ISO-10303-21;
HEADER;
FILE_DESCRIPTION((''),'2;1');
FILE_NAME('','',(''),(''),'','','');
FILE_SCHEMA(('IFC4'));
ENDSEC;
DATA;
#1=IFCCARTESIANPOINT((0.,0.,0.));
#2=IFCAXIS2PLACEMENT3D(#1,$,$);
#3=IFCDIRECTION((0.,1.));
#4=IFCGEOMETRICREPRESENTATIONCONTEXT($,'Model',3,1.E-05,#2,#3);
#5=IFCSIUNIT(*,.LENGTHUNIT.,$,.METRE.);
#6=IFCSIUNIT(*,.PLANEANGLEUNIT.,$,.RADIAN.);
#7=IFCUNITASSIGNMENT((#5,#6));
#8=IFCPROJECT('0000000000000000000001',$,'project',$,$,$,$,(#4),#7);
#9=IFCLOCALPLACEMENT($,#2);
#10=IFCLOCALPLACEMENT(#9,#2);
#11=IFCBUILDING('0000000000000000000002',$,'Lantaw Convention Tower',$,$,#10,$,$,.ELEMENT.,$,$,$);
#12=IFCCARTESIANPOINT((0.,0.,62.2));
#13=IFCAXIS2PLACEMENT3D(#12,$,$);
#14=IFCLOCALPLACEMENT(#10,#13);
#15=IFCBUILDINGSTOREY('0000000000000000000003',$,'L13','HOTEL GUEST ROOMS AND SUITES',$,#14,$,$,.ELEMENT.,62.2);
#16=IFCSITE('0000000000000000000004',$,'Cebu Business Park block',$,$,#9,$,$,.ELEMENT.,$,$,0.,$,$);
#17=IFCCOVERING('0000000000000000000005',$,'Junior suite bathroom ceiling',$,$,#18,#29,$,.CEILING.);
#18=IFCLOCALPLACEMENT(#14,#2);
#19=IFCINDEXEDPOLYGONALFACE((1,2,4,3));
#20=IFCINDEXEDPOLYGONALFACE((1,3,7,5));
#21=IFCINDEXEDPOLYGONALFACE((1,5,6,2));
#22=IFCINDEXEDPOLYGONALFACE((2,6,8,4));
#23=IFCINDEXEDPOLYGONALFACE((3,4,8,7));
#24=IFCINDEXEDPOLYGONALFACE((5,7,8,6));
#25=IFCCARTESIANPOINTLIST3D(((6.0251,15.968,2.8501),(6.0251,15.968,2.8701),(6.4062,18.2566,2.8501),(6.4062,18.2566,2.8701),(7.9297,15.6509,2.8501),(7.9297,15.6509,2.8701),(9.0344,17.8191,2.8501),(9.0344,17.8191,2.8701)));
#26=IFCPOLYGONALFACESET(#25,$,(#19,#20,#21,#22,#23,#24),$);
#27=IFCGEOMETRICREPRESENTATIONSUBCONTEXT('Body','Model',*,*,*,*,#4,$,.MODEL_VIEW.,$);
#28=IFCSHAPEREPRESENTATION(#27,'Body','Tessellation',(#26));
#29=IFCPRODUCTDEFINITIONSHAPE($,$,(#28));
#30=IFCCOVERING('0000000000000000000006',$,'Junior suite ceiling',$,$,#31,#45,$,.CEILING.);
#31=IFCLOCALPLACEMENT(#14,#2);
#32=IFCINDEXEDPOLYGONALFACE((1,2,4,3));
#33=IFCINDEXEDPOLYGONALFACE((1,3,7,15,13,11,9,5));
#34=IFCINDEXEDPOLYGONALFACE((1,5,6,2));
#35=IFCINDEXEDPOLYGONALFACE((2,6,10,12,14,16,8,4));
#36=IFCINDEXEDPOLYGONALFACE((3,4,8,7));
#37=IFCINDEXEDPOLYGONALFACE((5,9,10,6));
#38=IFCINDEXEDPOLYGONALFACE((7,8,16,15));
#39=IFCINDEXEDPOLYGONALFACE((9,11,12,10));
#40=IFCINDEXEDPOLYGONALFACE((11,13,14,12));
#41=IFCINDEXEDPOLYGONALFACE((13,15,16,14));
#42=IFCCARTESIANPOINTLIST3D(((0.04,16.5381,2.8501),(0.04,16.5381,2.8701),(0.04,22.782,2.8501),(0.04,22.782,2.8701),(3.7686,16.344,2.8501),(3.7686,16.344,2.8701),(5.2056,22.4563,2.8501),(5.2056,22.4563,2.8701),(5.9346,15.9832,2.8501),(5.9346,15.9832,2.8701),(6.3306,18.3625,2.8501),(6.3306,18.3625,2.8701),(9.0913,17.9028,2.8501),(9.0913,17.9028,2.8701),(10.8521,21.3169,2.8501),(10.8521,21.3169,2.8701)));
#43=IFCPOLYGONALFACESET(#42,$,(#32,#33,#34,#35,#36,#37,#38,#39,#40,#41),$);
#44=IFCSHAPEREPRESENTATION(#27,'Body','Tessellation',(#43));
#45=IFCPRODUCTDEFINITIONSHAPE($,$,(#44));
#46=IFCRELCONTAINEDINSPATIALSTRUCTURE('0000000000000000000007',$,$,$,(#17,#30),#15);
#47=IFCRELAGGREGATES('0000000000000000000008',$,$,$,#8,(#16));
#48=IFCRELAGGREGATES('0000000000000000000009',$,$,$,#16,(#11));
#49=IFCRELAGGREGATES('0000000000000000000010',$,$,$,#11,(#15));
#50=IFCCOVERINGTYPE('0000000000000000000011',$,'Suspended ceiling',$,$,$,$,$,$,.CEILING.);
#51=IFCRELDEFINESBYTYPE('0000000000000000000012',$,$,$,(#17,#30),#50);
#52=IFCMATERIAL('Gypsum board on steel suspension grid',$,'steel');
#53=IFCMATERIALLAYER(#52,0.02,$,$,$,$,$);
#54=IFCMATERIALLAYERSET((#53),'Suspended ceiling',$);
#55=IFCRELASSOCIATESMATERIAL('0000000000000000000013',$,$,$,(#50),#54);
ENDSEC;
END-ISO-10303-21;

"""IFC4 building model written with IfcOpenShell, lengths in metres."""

from ifc_helpers import new_model, si_unit, direction, frame, origin, place, context, subcontext, project, spatial, polyline, outline, extrude, material, layer, layer_set, type_object, element, save


model = new_model("IFC4")

# Units and contexts
model_context = context("Model", 3, precision=1e-05, world=origin(), true_north=direction((0.0, 1.0)))
body_context = subcontext(model_context, "Body", "Model", "MODEL_VIEW")
ifc_project = project(units=[si_unit("LENGTHUNIT", "METRE"), si_unit("PLANEANGLEUNIT", "RADIAN")], contexts=[model_context])

# Site, building, storey
site_placement = place(None, origin())
site = spatial("IfcSite", under=ifc_project, at=site_placement, Name="Cebu Business Park block", CompositionType="ELEMENT", RefElevation=0.0)
building_placement = place(site_placement, origin())
building = spatial("IfcBuilding", under=site, at=building_placement, Name="Lantaw Convention Tower", CompositionType="ELEMENT")
storey_placement = place(building_placement, frame((0.0, 0.0, 62.2)))
storey = spatial("IfcBuildingStorey", under=building, at=storey_placement, Name="L13", Description="HOTEL GUEST ROOMS AND SUITES", CompositionType="ELEMENT", Elevation=62.2)

# Coverings
ifc_material_1 = material(Name="Gypsum board on steel suspension grid", Category="steel")
ifc_layer_1 = layer(ifc_material_1, 0.02)
ifc_layer_set_1 = layer_set([ifc_layer_1], Name="Suspended ceiling")
covering_type = type_object("IfcCoveringType", Name="Suspended ceiling", PredefinedType="CEILING", material=ifc_layer_set_1)
covering_1_placement = place(storey_placement, frame((0.0, 0.0, 2.8501)))
element("IfcCovering", 1, at=covering_1_placement, inside=storey, type_object=covering_type, Name="Junior suite bathroom ceiling", PredefinedType="CEILING", context=body_context, shape_type="SweptSolid", body=[
    extrude(outline(polyline([(7.9297, 15.6509), (9.0344, 17.8191), (6.4062, 18.2566), (6.0251, 15.968), (7.9297, 15.6509)])), origin(), (0.0, 0.0, 1.0), 0.02),
])
covering_2_placement = place(storey_placement, frame((0.0, 0.0, 2.8501)))
element("IfcCovering", 2, at=covering_2_placement, inside=storey, type_object=covering_type, Name="Junior suite ceiling", PredefinedType="CEILING", context=body_context, shape_type="SweptSolid", body=[
    extrude(outline(polyline([(0.04, 16.5381), (3.7686, 16.344), (5.9346, 15.9832), (6.3306, 18.3625), (9.0913, 17.9028), (10.8521, 21.3169), (5.2056, 22.4563), (0.04, 22.782), (0.04, 16.5381)])), origin(), (0.0, 0.0, 1.0), 0.02),
])

save(model, "model.ifc")
